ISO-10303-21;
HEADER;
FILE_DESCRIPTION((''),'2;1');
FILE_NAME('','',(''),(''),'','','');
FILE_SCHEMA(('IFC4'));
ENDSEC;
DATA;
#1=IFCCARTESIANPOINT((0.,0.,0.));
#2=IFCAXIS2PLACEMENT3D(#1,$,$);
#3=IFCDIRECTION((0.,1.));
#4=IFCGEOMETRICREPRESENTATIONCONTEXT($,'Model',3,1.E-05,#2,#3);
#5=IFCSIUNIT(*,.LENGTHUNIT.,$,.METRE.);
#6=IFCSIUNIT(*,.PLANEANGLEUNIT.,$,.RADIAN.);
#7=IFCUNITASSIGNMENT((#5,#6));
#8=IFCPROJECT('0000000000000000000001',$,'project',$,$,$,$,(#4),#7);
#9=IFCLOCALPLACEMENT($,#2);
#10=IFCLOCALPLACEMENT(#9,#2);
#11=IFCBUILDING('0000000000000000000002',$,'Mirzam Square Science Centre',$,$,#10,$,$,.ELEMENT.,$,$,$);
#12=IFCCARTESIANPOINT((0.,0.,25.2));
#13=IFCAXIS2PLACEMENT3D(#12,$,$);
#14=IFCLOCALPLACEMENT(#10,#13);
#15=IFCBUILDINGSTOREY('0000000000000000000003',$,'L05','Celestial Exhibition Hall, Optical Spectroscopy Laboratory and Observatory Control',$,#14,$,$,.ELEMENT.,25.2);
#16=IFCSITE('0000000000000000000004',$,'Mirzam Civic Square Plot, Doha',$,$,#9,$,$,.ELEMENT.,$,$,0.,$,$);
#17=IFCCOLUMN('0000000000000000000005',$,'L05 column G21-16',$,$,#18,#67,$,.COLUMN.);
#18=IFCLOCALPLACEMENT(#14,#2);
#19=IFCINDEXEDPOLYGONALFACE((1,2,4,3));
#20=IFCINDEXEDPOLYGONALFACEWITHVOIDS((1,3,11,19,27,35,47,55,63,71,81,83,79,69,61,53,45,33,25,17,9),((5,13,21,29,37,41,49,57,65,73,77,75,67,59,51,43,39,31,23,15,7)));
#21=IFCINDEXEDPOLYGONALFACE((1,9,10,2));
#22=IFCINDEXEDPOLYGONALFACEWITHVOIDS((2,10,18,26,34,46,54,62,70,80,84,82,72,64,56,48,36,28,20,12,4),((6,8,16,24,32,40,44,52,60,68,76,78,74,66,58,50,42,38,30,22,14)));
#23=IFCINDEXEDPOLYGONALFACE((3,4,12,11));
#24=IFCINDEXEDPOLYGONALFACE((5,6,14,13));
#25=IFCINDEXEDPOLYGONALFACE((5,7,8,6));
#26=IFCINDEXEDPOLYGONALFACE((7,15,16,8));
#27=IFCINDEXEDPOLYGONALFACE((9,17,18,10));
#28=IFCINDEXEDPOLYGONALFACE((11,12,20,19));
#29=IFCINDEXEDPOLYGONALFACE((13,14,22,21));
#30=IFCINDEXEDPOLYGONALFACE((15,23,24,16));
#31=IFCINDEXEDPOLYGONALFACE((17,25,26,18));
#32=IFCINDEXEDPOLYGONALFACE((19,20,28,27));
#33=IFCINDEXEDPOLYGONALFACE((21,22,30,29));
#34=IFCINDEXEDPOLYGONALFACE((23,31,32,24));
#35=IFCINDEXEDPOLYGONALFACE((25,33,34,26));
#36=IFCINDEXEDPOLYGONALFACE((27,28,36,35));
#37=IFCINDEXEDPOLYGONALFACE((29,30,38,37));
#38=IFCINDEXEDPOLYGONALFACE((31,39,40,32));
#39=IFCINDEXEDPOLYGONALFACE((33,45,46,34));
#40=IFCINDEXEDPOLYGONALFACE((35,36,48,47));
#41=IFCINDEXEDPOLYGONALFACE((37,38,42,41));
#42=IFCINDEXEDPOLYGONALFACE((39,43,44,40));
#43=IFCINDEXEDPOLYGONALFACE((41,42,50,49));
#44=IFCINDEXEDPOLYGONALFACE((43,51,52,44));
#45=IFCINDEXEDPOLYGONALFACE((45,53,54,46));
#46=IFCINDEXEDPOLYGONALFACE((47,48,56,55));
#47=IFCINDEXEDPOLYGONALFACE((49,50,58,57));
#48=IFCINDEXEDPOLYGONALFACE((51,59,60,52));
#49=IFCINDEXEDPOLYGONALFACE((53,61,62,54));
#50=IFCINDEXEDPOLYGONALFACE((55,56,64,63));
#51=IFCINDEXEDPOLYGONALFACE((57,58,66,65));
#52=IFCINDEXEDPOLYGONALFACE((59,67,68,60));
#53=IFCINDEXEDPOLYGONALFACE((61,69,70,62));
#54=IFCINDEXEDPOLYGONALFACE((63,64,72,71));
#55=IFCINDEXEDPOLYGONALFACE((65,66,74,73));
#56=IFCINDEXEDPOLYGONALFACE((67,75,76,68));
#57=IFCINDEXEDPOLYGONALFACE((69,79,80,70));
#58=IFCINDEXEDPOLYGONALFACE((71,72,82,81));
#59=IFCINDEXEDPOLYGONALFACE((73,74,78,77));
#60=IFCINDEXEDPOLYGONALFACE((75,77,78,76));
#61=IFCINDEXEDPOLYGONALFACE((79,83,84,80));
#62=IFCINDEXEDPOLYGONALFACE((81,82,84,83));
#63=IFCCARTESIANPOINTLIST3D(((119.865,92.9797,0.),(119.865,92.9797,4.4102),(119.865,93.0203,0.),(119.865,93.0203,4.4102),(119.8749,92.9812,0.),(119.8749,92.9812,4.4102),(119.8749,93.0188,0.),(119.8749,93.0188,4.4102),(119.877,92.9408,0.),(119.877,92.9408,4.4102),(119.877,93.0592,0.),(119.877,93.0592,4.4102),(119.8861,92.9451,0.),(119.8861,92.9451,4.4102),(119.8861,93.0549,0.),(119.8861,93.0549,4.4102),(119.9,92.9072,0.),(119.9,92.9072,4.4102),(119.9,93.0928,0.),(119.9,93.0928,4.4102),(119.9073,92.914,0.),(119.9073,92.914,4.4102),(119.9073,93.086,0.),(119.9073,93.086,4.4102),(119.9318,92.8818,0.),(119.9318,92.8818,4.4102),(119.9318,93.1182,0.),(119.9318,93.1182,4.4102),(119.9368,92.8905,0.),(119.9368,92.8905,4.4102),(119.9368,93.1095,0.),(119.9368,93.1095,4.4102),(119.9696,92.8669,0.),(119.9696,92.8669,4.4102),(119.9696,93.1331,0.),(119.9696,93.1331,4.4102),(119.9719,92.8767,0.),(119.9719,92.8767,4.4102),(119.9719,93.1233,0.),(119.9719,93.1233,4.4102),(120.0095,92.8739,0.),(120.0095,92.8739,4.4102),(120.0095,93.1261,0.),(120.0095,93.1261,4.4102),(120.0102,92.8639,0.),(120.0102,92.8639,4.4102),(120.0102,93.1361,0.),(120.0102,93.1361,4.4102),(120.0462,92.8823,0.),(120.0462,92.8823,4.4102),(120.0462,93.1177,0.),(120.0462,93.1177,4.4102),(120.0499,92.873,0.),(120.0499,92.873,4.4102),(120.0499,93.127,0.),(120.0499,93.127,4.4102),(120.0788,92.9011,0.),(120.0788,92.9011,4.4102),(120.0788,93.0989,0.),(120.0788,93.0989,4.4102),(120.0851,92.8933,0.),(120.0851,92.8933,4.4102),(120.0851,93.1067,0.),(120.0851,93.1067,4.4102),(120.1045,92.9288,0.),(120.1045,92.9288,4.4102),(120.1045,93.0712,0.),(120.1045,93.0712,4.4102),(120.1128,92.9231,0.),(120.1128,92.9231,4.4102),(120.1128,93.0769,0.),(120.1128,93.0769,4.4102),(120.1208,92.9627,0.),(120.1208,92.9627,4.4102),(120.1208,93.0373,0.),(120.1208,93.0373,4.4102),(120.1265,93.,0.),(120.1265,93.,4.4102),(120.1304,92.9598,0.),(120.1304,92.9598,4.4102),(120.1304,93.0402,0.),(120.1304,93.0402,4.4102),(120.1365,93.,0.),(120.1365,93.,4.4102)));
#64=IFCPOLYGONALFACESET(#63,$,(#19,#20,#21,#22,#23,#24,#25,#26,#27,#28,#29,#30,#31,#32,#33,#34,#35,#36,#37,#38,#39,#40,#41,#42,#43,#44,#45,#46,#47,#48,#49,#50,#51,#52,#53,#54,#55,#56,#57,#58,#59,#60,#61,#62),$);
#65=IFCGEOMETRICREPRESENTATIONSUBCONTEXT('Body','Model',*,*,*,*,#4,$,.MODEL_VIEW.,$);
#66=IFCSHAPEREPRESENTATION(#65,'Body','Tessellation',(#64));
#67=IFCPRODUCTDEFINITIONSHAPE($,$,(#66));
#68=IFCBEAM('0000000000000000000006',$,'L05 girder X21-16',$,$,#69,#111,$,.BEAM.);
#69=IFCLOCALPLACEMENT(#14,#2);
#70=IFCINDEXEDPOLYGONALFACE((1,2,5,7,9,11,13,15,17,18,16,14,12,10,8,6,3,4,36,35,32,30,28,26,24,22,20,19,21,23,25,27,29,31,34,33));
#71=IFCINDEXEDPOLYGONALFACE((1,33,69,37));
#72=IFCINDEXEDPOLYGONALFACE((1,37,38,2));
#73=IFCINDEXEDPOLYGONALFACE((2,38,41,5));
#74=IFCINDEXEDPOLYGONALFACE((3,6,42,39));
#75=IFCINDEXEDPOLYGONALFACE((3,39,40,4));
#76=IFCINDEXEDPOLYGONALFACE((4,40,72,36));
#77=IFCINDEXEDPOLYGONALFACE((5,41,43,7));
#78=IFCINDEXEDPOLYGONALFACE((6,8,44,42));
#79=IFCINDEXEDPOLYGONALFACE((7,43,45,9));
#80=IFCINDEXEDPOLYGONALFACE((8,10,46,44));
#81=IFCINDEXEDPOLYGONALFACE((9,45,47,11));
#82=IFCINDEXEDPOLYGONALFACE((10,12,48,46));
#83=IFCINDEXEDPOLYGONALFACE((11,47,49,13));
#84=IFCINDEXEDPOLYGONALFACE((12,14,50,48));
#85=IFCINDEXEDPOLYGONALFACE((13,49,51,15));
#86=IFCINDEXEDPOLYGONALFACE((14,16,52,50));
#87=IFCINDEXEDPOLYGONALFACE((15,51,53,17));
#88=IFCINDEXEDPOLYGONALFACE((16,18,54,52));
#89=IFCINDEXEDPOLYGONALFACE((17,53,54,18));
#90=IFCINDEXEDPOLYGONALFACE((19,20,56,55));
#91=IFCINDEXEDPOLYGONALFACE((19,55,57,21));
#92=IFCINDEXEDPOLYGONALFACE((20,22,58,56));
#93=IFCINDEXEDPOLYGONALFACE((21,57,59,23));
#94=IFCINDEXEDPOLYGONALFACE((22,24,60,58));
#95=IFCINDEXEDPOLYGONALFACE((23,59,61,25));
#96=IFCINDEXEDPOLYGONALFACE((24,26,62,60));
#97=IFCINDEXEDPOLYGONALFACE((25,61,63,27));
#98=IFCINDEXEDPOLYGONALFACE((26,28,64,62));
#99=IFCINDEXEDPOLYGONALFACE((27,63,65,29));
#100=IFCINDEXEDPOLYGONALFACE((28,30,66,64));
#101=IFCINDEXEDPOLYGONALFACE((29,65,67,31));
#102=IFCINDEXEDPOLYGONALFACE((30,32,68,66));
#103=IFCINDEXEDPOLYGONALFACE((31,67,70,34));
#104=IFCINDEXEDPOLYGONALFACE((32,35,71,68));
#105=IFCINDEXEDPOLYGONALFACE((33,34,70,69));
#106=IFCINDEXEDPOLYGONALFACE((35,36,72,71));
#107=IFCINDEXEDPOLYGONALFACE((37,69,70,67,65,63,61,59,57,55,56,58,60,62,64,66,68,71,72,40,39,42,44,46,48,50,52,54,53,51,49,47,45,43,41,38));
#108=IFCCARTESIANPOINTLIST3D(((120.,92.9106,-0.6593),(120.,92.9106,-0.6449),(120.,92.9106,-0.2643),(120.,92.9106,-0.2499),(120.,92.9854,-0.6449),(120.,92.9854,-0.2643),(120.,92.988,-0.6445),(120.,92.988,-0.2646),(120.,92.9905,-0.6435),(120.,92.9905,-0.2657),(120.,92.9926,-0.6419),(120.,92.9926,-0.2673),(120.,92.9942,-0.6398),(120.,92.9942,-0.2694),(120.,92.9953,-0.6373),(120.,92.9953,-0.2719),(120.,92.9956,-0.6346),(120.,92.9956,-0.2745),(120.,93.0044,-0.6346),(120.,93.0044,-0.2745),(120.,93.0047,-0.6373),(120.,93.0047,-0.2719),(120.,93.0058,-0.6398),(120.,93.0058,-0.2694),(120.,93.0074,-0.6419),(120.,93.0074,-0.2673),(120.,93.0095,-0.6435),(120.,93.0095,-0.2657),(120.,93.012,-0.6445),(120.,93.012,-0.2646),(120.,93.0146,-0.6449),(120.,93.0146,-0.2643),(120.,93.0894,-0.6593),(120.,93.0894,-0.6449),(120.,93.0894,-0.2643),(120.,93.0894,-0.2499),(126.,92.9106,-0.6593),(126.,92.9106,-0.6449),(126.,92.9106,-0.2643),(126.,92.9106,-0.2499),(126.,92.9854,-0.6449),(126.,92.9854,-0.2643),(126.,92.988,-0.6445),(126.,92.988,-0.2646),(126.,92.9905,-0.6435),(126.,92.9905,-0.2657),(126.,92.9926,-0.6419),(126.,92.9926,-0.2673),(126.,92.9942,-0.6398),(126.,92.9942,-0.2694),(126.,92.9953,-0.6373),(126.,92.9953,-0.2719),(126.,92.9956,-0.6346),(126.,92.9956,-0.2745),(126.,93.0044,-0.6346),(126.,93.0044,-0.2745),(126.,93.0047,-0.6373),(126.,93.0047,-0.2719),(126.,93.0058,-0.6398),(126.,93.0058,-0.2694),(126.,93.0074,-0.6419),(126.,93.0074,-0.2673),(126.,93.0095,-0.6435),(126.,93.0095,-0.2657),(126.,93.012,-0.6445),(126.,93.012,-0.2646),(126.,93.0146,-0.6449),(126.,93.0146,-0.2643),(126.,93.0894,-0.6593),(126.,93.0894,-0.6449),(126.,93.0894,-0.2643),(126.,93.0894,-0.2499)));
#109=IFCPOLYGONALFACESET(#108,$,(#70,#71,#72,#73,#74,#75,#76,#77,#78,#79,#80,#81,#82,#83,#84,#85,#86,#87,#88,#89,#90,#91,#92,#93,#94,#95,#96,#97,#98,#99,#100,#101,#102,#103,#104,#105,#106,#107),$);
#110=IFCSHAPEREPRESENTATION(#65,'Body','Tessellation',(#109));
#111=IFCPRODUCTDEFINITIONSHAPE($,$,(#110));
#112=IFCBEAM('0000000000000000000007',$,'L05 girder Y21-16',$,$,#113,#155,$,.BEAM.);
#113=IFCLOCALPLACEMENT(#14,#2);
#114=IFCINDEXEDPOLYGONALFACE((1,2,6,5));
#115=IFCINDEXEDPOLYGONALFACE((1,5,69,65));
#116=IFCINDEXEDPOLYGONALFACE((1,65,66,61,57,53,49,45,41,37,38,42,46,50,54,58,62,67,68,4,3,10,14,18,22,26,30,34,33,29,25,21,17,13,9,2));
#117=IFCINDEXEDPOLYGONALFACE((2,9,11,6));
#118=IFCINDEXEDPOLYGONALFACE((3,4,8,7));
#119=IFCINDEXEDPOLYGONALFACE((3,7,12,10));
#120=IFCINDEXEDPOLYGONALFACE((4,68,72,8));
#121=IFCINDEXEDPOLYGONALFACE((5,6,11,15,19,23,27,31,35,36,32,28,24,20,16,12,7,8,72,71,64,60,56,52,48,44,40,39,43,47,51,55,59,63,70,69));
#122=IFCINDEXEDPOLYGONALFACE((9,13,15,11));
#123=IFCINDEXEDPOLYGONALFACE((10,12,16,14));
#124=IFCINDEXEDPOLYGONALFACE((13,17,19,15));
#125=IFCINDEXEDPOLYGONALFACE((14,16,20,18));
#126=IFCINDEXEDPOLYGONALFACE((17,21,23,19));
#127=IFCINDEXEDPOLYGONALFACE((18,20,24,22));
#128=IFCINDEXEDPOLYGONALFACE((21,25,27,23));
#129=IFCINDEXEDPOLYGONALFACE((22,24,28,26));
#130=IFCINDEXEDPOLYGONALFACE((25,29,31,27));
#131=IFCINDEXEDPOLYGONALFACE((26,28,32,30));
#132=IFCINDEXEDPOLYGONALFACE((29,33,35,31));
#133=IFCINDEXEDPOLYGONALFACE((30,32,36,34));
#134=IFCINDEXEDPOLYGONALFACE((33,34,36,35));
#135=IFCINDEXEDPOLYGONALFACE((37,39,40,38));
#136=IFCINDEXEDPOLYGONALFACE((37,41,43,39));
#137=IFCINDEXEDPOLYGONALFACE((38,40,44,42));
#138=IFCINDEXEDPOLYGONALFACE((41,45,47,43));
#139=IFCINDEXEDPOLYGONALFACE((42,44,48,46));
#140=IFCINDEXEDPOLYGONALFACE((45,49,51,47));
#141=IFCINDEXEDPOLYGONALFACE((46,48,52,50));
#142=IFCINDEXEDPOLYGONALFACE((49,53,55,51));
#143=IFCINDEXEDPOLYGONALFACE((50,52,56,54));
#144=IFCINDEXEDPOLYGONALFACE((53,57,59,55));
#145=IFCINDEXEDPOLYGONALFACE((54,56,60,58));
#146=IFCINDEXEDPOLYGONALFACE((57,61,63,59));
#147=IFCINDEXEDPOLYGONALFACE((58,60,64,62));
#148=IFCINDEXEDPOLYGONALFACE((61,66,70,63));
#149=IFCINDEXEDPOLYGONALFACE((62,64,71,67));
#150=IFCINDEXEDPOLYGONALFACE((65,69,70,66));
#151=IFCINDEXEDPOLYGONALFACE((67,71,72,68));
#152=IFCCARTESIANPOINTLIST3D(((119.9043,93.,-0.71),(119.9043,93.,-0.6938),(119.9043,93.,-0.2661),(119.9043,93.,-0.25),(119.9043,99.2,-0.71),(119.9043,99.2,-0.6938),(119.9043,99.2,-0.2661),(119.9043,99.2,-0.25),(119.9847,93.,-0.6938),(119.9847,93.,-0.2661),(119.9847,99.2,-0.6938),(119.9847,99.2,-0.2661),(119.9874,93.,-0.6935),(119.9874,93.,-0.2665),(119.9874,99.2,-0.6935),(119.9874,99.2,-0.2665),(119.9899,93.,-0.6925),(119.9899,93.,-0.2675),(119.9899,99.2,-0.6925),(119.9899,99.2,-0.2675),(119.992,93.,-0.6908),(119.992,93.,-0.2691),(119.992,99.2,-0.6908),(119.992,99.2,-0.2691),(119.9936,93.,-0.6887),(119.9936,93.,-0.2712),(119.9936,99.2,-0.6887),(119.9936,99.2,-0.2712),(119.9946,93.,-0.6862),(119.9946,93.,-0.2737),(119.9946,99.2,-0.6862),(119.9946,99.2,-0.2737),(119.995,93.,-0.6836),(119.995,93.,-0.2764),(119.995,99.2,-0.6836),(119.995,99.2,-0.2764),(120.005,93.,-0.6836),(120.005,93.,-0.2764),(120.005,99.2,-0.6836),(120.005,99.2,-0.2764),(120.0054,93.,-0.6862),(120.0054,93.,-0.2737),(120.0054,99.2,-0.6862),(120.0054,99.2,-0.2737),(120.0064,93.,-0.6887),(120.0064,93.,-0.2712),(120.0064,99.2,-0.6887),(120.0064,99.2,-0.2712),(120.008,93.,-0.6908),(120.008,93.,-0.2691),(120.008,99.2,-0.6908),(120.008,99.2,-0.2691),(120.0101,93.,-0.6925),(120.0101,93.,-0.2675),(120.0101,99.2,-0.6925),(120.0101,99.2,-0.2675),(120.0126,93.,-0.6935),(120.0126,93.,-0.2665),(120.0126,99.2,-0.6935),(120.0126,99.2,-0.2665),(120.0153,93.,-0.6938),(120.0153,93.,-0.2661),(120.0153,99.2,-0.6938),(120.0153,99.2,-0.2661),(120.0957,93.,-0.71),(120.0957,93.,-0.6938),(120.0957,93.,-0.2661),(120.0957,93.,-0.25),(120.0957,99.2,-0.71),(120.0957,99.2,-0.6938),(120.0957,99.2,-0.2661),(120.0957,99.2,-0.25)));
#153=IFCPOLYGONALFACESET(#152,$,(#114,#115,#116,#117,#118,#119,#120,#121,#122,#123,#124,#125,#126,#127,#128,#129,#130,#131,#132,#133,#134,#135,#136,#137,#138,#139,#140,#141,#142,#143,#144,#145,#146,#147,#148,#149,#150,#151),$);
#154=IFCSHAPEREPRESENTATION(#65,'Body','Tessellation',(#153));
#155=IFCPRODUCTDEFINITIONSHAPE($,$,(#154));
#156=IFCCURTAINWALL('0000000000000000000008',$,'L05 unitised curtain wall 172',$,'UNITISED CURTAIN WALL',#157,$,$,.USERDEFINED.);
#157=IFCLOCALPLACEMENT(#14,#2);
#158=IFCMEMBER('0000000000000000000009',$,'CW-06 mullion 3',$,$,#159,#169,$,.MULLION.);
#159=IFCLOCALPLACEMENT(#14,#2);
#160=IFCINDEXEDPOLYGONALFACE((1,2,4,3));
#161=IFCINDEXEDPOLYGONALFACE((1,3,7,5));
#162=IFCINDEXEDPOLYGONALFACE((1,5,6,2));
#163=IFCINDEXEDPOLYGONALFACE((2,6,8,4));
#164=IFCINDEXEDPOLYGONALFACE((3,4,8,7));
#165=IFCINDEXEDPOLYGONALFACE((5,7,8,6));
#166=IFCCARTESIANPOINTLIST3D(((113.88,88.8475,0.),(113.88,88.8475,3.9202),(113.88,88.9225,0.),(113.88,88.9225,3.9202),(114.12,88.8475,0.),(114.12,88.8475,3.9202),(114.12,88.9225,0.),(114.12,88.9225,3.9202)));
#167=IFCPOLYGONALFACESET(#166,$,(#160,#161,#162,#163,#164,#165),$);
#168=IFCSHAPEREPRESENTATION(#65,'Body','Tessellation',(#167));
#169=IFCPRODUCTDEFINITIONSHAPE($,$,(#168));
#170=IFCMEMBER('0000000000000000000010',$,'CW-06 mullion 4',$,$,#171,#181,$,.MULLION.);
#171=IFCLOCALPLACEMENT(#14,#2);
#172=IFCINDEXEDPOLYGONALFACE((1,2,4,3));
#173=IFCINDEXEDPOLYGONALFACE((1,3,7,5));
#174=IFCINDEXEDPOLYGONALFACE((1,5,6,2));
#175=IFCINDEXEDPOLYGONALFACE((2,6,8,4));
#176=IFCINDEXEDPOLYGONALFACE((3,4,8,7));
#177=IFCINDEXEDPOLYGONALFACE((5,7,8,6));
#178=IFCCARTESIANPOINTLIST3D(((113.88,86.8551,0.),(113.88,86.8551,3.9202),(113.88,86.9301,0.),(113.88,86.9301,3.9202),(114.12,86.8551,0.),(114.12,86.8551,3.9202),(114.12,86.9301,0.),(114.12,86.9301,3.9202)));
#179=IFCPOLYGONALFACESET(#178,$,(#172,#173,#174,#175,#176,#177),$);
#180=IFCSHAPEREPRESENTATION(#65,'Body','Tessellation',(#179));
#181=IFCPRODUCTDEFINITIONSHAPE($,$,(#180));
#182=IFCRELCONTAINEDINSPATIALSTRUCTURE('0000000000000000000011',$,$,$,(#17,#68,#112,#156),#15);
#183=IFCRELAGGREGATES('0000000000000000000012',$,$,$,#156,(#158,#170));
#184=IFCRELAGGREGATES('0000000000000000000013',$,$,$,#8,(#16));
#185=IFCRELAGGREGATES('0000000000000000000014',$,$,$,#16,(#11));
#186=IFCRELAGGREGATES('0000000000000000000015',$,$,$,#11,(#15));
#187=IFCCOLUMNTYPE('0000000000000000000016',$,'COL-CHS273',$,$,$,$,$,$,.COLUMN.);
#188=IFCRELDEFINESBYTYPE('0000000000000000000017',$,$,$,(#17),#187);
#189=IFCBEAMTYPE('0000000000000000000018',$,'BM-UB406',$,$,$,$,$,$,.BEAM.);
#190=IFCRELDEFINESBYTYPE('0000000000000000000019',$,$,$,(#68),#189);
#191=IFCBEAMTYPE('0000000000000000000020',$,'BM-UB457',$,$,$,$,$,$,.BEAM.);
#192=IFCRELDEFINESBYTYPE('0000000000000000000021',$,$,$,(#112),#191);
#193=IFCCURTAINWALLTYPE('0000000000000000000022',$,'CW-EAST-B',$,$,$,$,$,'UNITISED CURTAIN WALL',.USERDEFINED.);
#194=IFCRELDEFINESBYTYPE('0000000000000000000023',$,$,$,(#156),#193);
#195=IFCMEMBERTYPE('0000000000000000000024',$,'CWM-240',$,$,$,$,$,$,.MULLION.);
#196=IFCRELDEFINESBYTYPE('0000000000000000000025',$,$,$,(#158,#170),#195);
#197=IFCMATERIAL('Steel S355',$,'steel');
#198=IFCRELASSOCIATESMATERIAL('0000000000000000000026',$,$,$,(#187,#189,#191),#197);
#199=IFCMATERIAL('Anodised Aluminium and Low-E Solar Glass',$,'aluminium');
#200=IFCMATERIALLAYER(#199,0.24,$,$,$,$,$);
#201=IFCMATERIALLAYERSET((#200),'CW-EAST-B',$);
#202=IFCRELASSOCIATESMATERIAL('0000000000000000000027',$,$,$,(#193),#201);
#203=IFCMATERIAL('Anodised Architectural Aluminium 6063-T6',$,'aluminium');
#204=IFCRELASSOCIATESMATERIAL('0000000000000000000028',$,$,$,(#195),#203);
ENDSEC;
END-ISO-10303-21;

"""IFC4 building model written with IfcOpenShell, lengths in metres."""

from ifc_helpers import new_model, si_unit, direction, frame, origin, origin_2d, place, context, subcontext, project, spatial, rectangle, hollow_circle, i_section, extrude, material, layer, layer_set, material_profile, profile_set, type_object, element, aggregate, save


model = new_model("IFC4")

# Units and contexts
model_context = context("Model", 3, precision=1e-05, world=origin(), true_north=direction((0.0, 1.0)))
body_context = subcontext(model_context, "Body", "Model", "MODEL_VIEW")
ifc_project = project(units=[si_unit("LENGTHUNIT", "METRE"), si_unit("PLANEANGLEUNIT", "RADIAN")], contexts=[model_context])

# Site, building, storey
site_placement = place(None, origin())
site = spatial("IfcSite", under=ifc_project, at=site_placement, Name="Mirzam Civic Square Plot, Doha", CompositionType="ELEMENT", RefElevation=0.0)
building_placement = place(site_placement, origin())
building = spatial("IfcBuilding", under=site, at=building_placement, Name="Mirzam Square Science Centre", CompositionType="ELEMENT")
storey_placement = place(building_placement, frame((0.0, 0.0, 25.2)))
storey = spatial("IfcBuildingStorey", under=building, at=storey_placement, Name="L05", Description="Celestial Exhibition Hall, Optical Spectroscopy Laboratory and Observatory Control", CompositionType="ELEMENT", Elevation=25.2)

# Column
ifc_material_1 = material(Name="Steel S355", Category="steel")
ifc_material_profile_1 = material_profile(ifc_material_1, hollow_circle(Radius=0.1365, WallThickness=0.01, at=origin_2d()), Name="273.0x10.0CHS")
ifc_profile_set_1 = profile_set([ifc_material_profile_1], Name="Steel S355")
column_type = type_object("IfcColumnType", Name="COL-CHS273", PredefinedType="COLUMN", material=ifc_profile_set_1)
column_placement = place(storey_placement, frame((120.0, 93.0, 0.0), z_axis=(0.0, 0.0, 1.0), x_axis=(1.0, 0.0, 0.0)))
element("IfcColumn", 1, at=column_placement, inside=storey, type_object=column_type, Name="L05 column G21-16", PredefinedType="COLUMN", context=body_context, shape_type="SweptSolid", body=[
    extrude(hollow_circle(Radius=0.1365, WallThickness=0.01, at=origin_2d()), origin(), (0.0, 0.0, 1.0), 4.4102),
])

# Beams
ifc_material_profile_2 = material_profile(ifc_material_1, i_section(OverallWidth=0.1787, OverallDepth=0.4094, WebThickness=0.0088, FlangeThickness=0.0144, FilletRadius=0.0103, at=origin_2d()), Name="406x178x67UB")
ifc_profile_set_2 = profile_set([ifc_material_profile_2], Name="Steel S355")
beam_type_1 = type_object("IfcBeamType", Name="BM-UB406", PredefinedType="BEAM", material=ifc_profile_set_2)
beam_1_placement = place(storey_placement, frame((120.0, 93.0, -0.4546), z_axis=(1.0, 0.0, 0.0), x_axis=(0.0, 1.0, 0.0)))
element("IfcBeam", 2, at=beam_1_placement, inside=storey, type_object=beam_type_1, Name="L05 girder X21-16", PredefinedType="BEAM", context=body_context, shape_type="SweptSolid", body=[
    extrude(i_section(OverallWidth=0.1787, OverallDepth=0.4094, WebThickness=0.0088, FlangeThickness=0.0144, FilletRadius=0.0103, at=origin_2d()), origin(), (0.0, 0.0, 1.0), 6.0),
])
ifc_material_profile_3 = material_profile(ifc_material_1, i_section(OverallWidth=0.1914, OverallDepth=0.46, WebThickness=0.01, FlangeThickness=0.0161, FilletRadius=0.0103, at=origin_2d()), Name="457x191x82UB")
ifc_profile_set_3 = profile_set([ifc_material_profile_3], Name="Steel S355")
beam_type_2 = type_object("IfcBeamType", Name="BM-UB457", PredefinedType="BEAM", material=ifc_profile_set_3)
beam_2_placement = place(storey_placement, frame((120.0, 93.0, -0.48), z_axis=(0.0, 1.0, 0.0), x_axis=(-1.0, 0.0, 0.0)))
element("IfcBeam", 3, at=beam_2_placement, inside=storey, type_object=beam_type_2, Name="L05 girder Y21-16", PredefinedType="BEAM", context=body_context, shape_type="SweptSolid", body=[
    extrude(i_section(OverallWidth=0.1914, OverallDepth=0.46, WebThickness=0.01, FlangeThickness=0.0161, FilletRadius=0.0103, at=origin_2d()), origin(), (0.0, 0.0, 1.0), 6.2),
])

# Curtain wall, members
ifc_material_2 = material(Name="Anodised Aluminium and Low-E Solar Glass", Category="aluminium")
ifc_layer_1 = layer(ifc_material_2, 0.24)
ifc_layer_set_1 = layer_set([ifc_layer_1], Name="CW-EAST-B")
curtain_wall_type = type_object("IfcCurtainWallType", Name="CW-EAST-B", ElementType="UNITISED CURTAIN WALL", PredefinedType="USERDEFINED", material=ifc_layer_set_1)
curtain_wall_placement = place(storey_placement, origin())
curtain_wall = element("IfcCurtainWall", 4, at=curtain_wall_placement, inside=storey, type_object=curtain_wall_type, Name="L05 unitised curtain wall 172", ObjectType="UNITISED CURTAIN WALL", PredefinedType="USERDEFINED")
ifc_material_3 = material(Name="Anodised Architectural Aluminium 6063-T6", Category="aluminium")
ifc_material_profile_4 = material_profile(ifc_material_3, rectangle(XDim=0.075, YDim=0.24, at=origin_2d()), Name="ALU-MULL-240x75x5")
ifc_profile_set_4 = profile_set([ifc_material_profile_4], Name="Anodised Architectural Aluminium 6063-T6")
member_type_1 = type_object("IfcMemberType", Name="CWM-240", PredefinedType="MULLION", material=ifc_profile_set_4)
member_1_placement = place(storey_placement, frame((114.0, 88.885, 0.0), z_axis=(0.0, 0.0, 1.0), x_axis=(0.0, -1.0, 0.0)))
member_1 = element("IfcMember", 5, at=member_1_placement, type_object=member_type_1, Name="CW-06 mullion 3", PredefinedType="MULLION", context=body_context, shape_type="SweptSolid", body=[
    extrude(rectangle(XDim=0.075, YDim=0.24, at=origin_2d()), origin(), (0.0, 0.0, 1.0), 3.9202),
])
member_2_placement = place(storey_placement, frame((114.0, 86.8926, 0.0), z_axis=(0.0, 0.0, 1.0), x_axis=(0.0, -1.0, 0.0)))
member_2 = element("IfcMember", 6, at=member_2_placement, type_object=member_type_1, Name="CW-06 mullion 4", PredefinedType="MULLION", context=body_context, shape_type="SweptSolid", body=[
    extrude(rectangle(XDim=0.075, YDim=0.24, at=origin_2d()), origin(), (0.0, 0.0, 1.0), 3.9202),
])

aggregate(curtain_wall, [member_1, member_2])

save(model, "model.ifc")
